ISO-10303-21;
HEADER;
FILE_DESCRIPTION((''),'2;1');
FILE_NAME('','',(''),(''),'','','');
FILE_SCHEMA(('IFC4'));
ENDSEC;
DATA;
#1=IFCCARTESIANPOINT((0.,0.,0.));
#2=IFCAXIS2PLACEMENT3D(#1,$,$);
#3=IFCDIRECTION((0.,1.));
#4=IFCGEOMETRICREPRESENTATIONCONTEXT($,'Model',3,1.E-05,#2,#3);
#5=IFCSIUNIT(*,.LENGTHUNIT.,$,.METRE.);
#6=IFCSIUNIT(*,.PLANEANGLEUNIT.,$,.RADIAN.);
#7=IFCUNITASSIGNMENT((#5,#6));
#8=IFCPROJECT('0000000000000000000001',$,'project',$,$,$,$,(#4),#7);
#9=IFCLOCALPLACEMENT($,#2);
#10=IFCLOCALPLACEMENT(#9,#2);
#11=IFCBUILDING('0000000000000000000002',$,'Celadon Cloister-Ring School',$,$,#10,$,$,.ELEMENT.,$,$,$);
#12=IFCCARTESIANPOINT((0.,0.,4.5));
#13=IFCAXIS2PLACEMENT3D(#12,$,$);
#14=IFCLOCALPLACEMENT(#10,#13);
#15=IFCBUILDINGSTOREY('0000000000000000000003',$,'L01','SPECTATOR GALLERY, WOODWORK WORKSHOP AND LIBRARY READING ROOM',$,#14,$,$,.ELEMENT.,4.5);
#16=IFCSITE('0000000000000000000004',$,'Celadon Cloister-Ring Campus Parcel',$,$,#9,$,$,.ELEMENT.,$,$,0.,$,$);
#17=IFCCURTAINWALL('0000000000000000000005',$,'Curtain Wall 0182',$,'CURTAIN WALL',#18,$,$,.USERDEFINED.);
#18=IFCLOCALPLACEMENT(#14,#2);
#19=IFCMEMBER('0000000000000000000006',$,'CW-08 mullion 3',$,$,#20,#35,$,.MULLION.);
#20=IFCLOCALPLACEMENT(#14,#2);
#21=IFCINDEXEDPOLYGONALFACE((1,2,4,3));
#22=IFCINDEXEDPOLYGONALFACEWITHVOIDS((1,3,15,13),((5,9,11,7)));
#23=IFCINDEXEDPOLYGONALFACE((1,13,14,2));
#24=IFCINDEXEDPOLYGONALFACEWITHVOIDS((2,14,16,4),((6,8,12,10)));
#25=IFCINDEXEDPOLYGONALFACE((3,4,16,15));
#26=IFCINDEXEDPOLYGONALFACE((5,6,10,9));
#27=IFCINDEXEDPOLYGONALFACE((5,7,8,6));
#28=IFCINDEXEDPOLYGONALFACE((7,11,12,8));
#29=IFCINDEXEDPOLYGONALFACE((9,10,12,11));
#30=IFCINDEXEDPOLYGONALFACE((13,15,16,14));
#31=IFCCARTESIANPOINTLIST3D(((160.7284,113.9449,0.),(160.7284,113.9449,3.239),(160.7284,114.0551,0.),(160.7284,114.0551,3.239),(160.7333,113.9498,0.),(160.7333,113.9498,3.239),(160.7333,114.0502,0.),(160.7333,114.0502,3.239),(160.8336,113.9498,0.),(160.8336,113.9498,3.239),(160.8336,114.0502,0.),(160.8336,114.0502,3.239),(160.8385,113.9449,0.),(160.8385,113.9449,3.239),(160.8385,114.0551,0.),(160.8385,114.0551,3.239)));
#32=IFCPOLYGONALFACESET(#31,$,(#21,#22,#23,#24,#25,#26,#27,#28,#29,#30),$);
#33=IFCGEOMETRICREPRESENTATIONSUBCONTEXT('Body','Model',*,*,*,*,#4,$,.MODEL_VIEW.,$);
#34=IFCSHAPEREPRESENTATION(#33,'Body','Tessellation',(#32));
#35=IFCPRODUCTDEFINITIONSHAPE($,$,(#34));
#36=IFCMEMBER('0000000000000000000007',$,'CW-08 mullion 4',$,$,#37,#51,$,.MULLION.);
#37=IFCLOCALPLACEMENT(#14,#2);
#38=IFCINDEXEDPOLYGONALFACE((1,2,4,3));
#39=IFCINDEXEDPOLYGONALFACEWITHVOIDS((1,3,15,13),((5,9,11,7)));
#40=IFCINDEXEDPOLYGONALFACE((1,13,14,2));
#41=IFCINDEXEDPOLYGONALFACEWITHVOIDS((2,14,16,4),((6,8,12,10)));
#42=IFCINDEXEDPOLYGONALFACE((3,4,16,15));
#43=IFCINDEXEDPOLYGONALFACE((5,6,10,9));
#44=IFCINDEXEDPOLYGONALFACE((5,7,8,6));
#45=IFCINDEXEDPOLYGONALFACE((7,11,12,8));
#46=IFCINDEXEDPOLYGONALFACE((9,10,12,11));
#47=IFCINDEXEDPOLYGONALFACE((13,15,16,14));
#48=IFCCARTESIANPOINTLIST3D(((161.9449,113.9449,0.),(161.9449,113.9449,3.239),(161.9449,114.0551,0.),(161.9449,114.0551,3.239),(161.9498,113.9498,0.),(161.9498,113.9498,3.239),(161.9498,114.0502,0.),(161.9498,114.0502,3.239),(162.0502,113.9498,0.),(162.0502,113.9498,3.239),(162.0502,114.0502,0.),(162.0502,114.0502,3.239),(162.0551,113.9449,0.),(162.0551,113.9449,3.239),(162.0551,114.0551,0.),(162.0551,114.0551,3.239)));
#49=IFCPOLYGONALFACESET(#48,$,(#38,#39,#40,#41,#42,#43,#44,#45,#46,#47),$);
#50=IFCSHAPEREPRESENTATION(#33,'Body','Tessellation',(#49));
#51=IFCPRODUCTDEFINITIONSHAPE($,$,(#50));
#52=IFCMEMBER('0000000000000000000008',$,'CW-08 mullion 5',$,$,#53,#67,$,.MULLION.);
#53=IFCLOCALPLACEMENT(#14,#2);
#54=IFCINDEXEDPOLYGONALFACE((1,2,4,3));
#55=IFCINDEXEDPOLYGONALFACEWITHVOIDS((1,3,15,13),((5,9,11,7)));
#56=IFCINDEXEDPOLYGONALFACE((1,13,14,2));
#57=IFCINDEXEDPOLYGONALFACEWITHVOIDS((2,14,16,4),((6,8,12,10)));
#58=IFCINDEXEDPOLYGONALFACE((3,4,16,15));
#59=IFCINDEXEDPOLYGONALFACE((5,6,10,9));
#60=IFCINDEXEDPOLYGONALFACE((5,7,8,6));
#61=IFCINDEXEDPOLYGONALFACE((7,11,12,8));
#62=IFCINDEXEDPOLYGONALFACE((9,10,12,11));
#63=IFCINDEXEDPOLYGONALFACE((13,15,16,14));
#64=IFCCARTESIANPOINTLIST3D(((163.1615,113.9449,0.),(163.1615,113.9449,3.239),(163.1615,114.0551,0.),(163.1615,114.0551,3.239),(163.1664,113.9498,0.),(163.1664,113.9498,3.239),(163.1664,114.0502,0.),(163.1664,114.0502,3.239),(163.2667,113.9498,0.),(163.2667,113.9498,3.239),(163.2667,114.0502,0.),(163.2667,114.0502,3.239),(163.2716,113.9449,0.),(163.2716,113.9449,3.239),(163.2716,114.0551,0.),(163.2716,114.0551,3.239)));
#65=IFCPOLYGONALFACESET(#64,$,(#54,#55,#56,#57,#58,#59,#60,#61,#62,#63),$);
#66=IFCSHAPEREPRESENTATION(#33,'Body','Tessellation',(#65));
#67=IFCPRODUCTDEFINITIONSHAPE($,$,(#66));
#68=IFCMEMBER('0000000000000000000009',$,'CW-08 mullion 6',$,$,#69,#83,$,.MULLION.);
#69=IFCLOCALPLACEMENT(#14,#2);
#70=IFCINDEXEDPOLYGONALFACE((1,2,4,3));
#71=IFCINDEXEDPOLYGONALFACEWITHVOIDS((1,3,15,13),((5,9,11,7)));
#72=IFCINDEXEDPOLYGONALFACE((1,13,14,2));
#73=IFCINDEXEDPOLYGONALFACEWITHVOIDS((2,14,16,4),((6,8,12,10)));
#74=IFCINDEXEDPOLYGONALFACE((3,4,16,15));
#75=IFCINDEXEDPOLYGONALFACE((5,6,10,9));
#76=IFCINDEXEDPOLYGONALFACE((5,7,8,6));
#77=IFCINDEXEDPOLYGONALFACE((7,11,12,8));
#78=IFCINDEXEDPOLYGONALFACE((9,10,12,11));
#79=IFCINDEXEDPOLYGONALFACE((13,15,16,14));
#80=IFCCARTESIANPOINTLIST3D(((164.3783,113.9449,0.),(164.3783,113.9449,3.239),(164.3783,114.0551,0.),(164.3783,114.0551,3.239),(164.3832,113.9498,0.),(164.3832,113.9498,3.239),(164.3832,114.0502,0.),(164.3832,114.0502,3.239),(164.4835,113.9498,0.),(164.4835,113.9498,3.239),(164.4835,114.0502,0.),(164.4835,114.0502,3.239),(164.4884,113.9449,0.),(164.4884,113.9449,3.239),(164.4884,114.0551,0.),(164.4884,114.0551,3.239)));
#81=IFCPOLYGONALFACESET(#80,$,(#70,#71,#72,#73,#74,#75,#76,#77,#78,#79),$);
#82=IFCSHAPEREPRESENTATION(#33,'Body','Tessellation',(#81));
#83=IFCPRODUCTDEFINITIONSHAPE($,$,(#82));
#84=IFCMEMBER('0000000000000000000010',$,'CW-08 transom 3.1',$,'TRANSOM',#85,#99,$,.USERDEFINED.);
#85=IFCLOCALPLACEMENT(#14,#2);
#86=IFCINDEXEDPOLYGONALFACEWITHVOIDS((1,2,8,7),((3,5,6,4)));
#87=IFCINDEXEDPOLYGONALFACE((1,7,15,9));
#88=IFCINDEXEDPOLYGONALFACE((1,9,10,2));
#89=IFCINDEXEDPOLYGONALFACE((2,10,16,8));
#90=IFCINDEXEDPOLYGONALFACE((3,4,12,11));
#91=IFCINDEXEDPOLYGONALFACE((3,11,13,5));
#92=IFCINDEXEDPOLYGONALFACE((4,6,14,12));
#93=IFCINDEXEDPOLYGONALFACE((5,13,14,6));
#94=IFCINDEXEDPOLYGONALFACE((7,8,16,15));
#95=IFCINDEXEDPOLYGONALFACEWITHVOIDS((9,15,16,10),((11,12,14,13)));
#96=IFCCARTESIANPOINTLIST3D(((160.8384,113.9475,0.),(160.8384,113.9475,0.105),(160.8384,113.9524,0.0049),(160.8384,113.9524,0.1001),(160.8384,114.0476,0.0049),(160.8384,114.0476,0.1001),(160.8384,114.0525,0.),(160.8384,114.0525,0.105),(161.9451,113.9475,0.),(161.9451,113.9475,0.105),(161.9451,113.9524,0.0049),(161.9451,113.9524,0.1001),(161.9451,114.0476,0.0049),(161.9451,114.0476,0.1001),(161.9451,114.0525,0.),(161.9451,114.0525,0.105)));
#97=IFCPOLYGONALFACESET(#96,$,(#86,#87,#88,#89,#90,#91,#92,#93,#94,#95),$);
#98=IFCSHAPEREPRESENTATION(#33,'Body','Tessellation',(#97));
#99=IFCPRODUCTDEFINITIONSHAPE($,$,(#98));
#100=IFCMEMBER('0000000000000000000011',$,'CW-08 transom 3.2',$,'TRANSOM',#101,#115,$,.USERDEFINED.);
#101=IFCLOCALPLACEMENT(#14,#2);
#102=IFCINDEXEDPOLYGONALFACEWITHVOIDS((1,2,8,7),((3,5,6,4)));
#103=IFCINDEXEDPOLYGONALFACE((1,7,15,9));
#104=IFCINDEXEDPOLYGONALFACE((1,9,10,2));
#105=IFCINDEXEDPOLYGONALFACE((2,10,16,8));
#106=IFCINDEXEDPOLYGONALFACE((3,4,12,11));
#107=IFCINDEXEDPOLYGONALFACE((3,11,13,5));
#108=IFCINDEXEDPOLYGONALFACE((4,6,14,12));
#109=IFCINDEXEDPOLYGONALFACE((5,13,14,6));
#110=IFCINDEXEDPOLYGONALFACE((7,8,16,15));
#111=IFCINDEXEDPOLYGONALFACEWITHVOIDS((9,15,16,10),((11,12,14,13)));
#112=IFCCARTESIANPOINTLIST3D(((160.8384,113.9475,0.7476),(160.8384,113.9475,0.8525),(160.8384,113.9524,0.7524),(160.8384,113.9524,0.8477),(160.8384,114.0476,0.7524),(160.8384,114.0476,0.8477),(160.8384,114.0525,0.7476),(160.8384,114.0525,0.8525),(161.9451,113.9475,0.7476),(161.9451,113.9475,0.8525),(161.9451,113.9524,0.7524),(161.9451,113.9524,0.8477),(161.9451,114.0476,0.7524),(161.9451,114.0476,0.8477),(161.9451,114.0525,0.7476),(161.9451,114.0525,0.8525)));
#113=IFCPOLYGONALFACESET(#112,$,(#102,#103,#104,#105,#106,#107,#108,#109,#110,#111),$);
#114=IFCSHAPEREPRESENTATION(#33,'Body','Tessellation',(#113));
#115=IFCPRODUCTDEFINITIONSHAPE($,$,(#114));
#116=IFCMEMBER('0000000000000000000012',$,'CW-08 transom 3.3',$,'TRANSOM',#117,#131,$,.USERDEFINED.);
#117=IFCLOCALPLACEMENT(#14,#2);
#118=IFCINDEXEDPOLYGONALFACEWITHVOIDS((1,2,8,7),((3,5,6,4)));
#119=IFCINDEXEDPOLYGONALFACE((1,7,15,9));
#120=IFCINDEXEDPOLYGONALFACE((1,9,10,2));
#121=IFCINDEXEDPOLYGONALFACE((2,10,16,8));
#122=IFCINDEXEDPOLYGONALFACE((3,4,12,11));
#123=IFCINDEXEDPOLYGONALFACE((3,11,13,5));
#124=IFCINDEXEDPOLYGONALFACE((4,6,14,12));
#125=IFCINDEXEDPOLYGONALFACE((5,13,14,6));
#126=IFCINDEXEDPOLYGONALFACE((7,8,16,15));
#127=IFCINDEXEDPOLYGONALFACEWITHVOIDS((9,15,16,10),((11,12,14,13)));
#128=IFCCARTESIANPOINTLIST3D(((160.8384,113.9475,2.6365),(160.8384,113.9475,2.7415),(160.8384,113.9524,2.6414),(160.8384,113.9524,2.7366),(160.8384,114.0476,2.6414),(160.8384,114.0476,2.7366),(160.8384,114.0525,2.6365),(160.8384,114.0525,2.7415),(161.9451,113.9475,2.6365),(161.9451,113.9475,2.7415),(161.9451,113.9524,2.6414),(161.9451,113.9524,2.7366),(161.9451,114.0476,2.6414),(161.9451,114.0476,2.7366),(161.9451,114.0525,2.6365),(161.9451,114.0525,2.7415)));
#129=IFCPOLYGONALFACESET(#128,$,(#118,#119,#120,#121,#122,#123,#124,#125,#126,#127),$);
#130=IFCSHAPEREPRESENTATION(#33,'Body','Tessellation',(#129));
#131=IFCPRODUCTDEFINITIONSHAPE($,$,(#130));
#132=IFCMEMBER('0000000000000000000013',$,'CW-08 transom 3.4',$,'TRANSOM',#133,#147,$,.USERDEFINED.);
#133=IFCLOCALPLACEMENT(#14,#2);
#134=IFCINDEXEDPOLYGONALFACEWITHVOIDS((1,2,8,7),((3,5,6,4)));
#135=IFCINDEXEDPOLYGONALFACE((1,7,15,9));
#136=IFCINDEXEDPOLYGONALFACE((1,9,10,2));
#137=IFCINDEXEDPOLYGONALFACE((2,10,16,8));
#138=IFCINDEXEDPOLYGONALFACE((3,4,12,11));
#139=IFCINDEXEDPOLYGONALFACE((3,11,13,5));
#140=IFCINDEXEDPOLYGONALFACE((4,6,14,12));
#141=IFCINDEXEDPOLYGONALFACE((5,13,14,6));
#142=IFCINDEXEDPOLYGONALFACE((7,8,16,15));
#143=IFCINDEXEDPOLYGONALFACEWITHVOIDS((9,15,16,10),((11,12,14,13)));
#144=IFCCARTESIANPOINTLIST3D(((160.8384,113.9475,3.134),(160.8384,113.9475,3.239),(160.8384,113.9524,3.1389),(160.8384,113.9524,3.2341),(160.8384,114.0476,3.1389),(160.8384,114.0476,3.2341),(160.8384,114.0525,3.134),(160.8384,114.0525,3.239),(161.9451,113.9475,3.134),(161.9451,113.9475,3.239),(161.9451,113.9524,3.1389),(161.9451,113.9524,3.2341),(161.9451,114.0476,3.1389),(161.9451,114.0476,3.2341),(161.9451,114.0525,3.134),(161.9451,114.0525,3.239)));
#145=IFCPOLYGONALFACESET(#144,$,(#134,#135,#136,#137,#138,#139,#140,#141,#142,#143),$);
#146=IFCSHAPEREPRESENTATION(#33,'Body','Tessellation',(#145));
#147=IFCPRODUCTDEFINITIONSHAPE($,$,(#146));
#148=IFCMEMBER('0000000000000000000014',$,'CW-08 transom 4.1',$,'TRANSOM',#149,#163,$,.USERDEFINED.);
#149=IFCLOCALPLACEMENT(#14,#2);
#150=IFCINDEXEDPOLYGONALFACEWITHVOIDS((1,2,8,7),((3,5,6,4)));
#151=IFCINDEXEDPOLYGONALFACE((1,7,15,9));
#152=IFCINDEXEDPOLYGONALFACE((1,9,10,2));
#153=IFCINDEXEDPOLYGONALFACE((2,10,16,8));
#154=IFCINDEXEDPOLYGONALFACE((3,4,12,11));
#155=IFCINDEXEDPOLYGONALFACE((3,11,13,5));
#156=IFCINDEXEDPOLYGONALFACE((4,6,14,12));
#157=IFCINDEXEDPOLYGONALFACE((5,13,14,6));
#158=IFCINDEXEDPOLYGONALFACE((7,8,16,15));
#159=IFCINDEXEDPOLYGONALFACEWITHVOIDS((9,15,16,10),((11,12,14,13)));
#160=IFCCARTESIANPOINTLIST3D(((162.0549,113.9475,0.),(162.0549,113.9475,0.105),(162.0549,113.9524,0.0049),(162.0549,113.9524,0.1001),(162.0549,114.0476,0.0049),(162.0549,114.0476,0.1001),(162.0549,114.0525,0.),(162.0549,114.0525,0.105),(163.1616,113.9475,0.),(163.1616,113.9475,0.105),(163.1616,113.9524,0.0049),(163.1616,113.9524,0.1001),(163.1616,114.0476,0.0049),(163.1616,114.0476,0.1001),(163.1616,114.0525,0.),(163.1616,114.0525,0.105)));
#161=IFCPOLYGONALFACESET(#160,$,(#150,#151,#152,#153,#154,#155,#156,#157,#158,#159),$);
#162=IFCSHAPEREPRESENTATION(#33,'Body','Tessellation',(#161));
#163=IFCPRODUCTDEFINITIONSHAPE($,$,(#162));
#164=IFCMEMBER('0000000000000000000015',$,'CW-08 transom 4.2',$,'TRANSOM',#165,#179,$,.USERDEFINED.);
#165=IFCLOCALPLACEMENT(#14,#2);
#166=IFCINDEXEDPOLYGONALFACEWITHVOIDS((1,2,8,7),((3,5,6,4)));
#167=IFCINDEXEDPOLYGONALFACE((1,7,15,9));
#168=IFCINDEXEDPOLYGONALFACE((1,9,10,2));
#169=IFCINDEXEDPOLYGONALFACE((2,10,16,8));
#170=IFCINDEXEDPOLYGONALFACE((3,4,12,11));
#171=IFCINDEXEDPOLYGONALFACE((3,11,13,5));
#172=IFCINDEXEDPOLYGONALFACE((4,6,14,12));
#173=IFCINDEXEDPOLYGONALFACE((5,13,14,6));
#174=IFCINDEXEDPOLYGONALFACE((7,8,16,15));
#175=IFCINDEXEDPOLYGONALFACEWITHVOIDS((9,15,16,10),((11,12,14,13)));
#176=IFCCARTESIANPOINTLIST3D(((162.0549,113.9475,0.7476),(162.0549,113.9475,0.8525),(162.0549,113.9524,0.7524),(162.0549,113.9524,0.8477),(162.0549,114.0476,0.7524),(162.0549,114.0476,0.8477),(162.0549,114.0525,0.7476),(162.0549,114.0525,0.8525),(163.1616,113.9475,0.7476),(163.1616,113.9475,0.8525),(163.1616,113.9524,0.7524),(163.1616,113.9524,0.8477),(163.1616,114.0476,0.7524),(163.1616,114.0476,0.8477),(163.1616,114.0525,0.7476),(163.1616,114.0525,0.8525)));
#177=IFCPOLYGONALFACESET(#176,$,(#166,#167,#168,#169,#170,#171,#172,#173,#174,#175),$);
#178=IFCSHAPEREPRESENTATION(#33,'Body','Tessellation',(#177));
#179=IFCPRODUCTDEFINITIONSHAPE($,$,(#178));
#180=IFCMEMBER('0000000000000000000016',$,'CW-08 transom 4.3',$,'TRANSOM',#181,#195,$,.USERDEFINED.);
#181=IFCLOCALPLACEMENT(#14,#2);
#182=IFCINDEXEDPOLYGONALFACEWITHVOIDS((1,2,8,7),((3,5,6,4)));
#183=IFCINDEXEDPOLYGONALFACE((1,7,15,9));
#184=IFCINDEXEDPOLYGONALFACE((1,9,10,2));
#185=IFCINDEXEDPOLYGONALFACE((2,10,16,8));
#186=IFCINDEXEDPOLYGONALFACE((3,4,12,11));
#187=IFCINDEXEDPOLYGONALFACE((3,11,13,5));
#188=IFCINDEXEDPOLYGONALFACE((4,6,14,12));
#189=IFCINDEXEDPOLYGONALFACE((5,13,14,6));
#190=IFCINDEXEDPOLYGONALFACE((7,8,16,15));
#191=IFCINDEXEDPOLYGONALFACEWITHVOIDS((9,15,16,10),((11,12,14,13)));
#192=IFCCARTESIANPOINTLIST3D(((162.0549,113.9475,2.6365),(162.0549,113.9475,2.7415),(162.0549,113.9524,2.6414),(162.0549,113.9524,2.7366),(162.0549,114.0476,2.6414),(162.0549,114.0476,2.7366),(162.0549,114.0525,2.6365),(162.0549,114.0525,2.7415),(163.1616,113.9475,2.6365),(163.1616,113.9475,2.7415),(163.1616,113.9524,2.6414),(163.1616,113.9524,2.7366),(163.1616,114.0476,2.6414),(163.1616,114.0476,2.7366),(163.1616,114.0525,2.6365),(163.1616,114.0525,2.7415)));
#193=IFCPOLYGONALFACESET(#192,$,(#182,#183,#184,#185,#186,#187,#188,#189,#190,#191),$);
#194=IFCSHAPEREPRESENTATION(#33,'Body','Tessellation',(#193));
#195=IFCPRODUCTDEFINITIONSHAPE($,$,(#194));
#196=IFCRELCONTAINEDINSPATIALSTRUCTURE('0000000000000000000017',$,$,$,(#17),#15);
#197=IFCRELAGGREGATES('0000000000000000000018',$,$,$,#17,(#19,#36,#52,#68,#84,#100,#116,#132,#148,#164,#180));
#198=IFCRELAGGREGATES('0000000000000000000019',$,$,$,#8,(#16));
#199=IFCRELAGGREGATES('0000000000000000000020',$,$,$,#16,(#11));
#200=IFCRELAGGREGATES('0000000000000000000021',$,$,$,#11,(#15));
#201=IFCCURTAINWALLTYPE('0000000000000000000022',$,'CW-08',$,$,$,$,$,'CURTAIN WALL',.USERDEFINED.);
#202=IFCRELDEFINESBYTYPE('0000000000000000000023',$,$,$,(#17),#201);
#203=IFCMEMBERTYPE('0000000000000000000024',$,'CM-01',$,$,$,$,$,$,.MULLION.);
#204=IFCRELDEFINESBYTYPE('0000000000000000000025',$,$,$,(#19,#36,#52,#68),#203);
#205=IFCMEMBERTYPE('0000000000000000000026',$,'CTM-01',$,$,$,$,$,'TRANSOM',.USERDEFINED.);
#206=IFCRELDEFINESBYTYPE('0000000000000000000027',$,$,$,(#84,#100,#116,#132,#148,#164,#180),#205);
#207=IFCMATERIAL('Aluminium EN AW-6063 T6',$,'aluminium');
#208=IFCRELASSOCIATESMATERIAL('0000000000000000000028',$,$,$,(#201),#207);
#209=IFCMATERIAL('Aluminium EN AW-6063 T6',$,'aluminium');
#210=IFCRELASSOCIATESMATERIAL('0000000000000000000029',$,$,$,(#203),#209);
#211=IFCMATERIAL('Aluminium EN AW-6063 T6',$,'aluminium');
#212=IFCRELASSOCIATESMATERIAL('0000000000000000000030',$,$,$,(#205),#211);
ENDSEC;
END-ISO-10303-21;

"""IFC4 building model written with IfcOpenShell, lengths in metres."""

from ifc_helpers import new_model, si_unit, direction, frame, origin, origin_2d, place, context, subcontext, project, spatial, hollow_rectangle, extrude, material, material_profile, profile_set, type_object, element, aggregate, save


model = new_model("IFC4")

# Units and contexts
model_context = context("Model", 3, precision=1e-05, world=origin(), true_north=direction((0.0, 1.0)))
body_context = subcontext(model_context, "Body", "Model", "MODEL_VIEW")
ifc_project = project(units=[si_unit("LENGTHUNIT", "METRE"), si_unit("PLANEANGLEUNIT", "RADIAN")], contexts=[model_context])

# Site, building, storey
site_placement = place(None, origin())
site = spatial("IfcSite", under=ifc_project, at=site_placement, Name="Celadon Cloister-Ring Campus Parcel", CompositionType="ELEMENT", RefElevation=0.0)
building_placement = place(site_placement, origin())
building = spatial("IfcBuilding", under=site, at=building_placement, Name="Celadon Cloister-Ring School", CompositionType="ELEMENT")
storey_placement = place(building_placement, frame((0.0, 0.0, 4.5)))
storey = spatial("IfcBuildingStorey", under=building, at=storey_placement, Name="L01", Description="SPECTATOR GALLERY, WOODWORK WORKSHOP AND LIBRARY READING ROOM", CompositionType="ELEMENT", Elevation=4.5)

# Curtain wall, members
ifc_material_1 = material(Name="Aluminium EN AW-6063 T6", Category="aluminium")
curtain_wall_type = type_object("IfcCurtainWallType", Name="CW-08", ElementType="CURTAIN WALL", PredefinedType="USERDEFINED", material=ifc_material_1)
curtain_wall_placement = place(storey_placement, origin())
curtain_wall = element("IfcCurtainWall", 1, at=curtain_wall_placement, inside=storey, type_object=curtain_wall_type, Name="Curtain Wall 0182", ObjectType="CURTAIN WALL", PredefinedType="USERDEFINED")
ifc_material_2 = material(Name="Aluminium EN AW-6063 T6", Category="aluminium")
ifc_material_profile_1 = material_profile(ifc_material_2, hollow_rectangle(XDim=0.1101, YDim=0.1101, WallThickness=0.0049, at=origin_2d()), Name="RHS110X110X5")
ifc_profile_set_1 = profile_set([ifc_material_profile_1], Name="Aluminium EN AW-6063 T6")
member_type_1 = type_object("IfcMemberType", Name="CM-01", PredefinedType="MULLION", material=ifc_profile_set_1)
member_1_placement = place(storey_placement, frame((160.7834, 114.0, 0.0), z_axis=(0.0, 0.0, 1.0), x_axis=(0.0, 1.0, 0.0)))
member_1 = element("IfcMember", 2, at=member_1_placement, type_object=member_type_1, Name="CW-08 mullion 3", PredefinedType="MULLION", context=body_context, shape_type="SweptSolid", body=[
    extrude(hollow_rectangle(XDim=0.1101, YDim=0.1101, WallThickness=0.0049, at=origin_2d()), origin(), (0.0, 0.0, 1.0), 3.239),
])
member_2_placement = place(storey_placement, frame((162.0, 114.0, 0.0), z_axis=(0.0, 0.0, 1.0), x_axis=(0.0, 1.0, 0.0)))
member_2 = element("IfcMember", 3, at=member_2_placement, type_object=member_type_1, Name="CW-08 mullion 4", PredefinedType="MULLION", context=body_context, shape_type="SweptSolid", body=[
    extrude(hollow_rectangle(XDim=0.1101, YDim=0.1101, WallThickness=0.0049, at=origin_2d()), origin(), (0.0, 0.0, 1.0), 3.239),
])
member_3_placement = place(storey_placement, frame((163.2166, 114.0, 0.0), z_axis=(0.0, 0.0, 1.0), x_axis=(0.0, 1.0, 0.0)))
member_3 = element("IfcMember", 4, at=member_3_placement, type_object=member_type_1, Name="CW-08 mullion 5", PredefinedType="MULLION", context=body_context, shape_type="SweptSolid", body=[
    extrude(hollow_rectangle(XDim=0.1101, YDim=0.1101, WallThickness=0.0049, at=origin_2d()), origin(), (0.0, 0.0, 1.0), 3.239),
])
member_4_placement = place(storey_placement, frame((164.4333, 114.0, 0.0), z_axis=(0.0, 0.0, 1.0), x_axis=(0.0, 1.0, 0.0)))
member_4 = element("IfcMember", 5, at=member_4_placement, type_object=member_type_1, Name="CW-08 mullion 6", PredefinedType="MULLION", context=body_context, shape_type="SweptSolid", body=[
    extrude(hollow_rectangle(XDim=0.1101, YDim=0.1101, WallThickness=0.0049, at=origin_2d()), origin(), (0.0, 0.0, 1.0), 3.239),
])
ifc_material_3 = material(Name="Aluminium EN AW-6063 T6", Category="aluminium")
ifc_material_profile_2 = material_profile(ifc_material_3, hollow_rectangle(XDim=0.105, YDim=0.105, WallThickness=0.0049, at=origin_2d()), Name="RHS105X105X5")
ifc_profile_set_2 = profile_set([ifc_material_profile_2], Name="Aluminium EN AW-6063 T6")
member_type_2 = type_object("IfcMemberType", Name="CTM-01", ElementType="TRANSOM", PredefinedType="USERDEFINED", material=ifc_profile_set_2)
member_5_placement = place(storey_placement, frame((160.8384, 114.0, 0.0525), z_axis=(1.0, 0.0, 0.0), x_axis=(0.0, 1.0, 0.0)))
member_5 = element("IfcMember", 6, at=member_5_placement, type_object=member_type_2, Name="CW-08 transom 3.1", ObjectType="TRANSOM", PredefinedType="USERDEFINED", context=body_context, shape_type="SweptSolid", body=[
    extrude(hollow_rectangle(XDim=0.105, YDim=0.105, WallThickness=0.0049, at=origin_2d()), origin(), (0.0, 0.0, 1.0), 1.1067),
])
member_6_placement = place(storey_placement, frame((160.8384, 114.0, 0.8), z_axis=(1.0, 0.0, 0.0), x_axis=(0.0, 1.0, 0.0)))
member_6 = element("IfcMember", 7, at=member_6_placement, type_object=member_type_2, Name="CW-08 transom 3.2", ObjectType="TRANSOM", PredefinedType="USERDEFINED", context=body_context, shape_type="SweptSolid", body=[
    extrude(hollow_rectangle(XDim=0.105, YDim=0.105, WallThickness=0.0049, at=origin_2d()), origin(), (0.0, 0.0, 1.0), 1.1067),
])
member_7_placement = place(storey_placement, frame((160.8384, 114.0, 2.689), z_axis=(1.0, 0.0, 0.0), x_axis=(0.0, 1.0, 0.0)))
member_7 = element("IfcMember", 8, at=member_7_placement, type_object=member_type_2, Name="CW-08 transom 3.3", ObjectType="TRANSOM", PredefinedType="USERDEFINED", context=body_context, shape_type="SweptSolid", body=[
    extrude(hollow_rectangle(XDim=0.105, YDim=0.105, WallThickness=0.0049, at=origin_2d()), origin(), (0.0, 0.0, 1.0), 1.1067),
])
member_8_placement = place(storey_placement, frame((160.8384, 114.0, 3.1865), z_axis=(1.0, 0.0, 0.0), x_axis=(0.0, 1.0, 0.0)))
member_8 = element("IfcMember", 9, at=member_8_placement, type_object=member_type_2, Name="CW-08 transom 3.4", ObjectType="TRANSOM", PredefinedType="USERDEFINED", context=body_context, shape_type="SweptSolid", body=[
    extrude(hollow_rectangle(XDim=0.105, YDim=0.105, WallThickness=0.0049, at=origin_2d()), origin(), (0.0, 0.0, 1.0), 1.1067),
])
member_9_placement = place(storey_placement, frame((162.0549, 114.0, 0.0525), z_axis=(1.0, 0.0, 0.0), x_axis=(0.0, 1.0, 0.0)))
member_9 = element("IfcMember", 10, at=member_9_placement, type_object=member_type_2, Name="CW-08 transom 4.1", ObjectType="TRANSOM", PredefinedType="USERDEFINED", context=body_context, shape_type="SweptSolid", body=[
    extrude(hollow_rectangle(XDim=0.105, YDim=0.105, WallThickness=0.0049, at=origin_2d()), origin(), (0.0, 0.0, 1.0), 1.1067),
])
member_10_placement = place(storey_placement, frame((162.0549, 114.0, 0.8), z_axis=(1.0, 0.0, 0.0), x_axis=(0.0, 1.0, 0.0)))
member_10 = element("IfcMember", 11, at=member_10_placement, type_object=member_type_2, Name="CW-08 transom 4.2", ObjectType="TRANSOM", PredefinedType="USERDEFINED", context=body_context, shape_type="SweptSolid", body=[
    extrude(hollow_rectangle(XDim=0.105, YDim=0.105, WallThickness=0.0049, at=origin_2d()), origin(), (0.0, 0.0, 1.0), 1.1067),
])
member_11_placement = place(storey_placement, frame((162.0549, 114.0, 2.689), z_axis=(1.0, 0.0, 0.0), x_axis=(0.0, 1.0, 0.0)))
member_11 = element("IfcMember", 12, at=member_11_placement, type_object=member_type_2, Name="CW-08 transom 4.3", ObjectType="TRANSOM", PredefinedType="USERDEFINED", context=body_context, shape_type="SweptSolid", body=[
    extrude(hollow_rectangle(XDim=0.105, YDim=0.105, WallThickness=0.0049, at=origin_2d()), origin(), (0.0, 0.0, 1.0), 1.1067),
])
aggregate(curtain_wall, [member_1, member_2, member_3, member_4, member_5, member_6, member_7, member_8, member_9, member_10, member_11])

save(model, "model.ifc")
